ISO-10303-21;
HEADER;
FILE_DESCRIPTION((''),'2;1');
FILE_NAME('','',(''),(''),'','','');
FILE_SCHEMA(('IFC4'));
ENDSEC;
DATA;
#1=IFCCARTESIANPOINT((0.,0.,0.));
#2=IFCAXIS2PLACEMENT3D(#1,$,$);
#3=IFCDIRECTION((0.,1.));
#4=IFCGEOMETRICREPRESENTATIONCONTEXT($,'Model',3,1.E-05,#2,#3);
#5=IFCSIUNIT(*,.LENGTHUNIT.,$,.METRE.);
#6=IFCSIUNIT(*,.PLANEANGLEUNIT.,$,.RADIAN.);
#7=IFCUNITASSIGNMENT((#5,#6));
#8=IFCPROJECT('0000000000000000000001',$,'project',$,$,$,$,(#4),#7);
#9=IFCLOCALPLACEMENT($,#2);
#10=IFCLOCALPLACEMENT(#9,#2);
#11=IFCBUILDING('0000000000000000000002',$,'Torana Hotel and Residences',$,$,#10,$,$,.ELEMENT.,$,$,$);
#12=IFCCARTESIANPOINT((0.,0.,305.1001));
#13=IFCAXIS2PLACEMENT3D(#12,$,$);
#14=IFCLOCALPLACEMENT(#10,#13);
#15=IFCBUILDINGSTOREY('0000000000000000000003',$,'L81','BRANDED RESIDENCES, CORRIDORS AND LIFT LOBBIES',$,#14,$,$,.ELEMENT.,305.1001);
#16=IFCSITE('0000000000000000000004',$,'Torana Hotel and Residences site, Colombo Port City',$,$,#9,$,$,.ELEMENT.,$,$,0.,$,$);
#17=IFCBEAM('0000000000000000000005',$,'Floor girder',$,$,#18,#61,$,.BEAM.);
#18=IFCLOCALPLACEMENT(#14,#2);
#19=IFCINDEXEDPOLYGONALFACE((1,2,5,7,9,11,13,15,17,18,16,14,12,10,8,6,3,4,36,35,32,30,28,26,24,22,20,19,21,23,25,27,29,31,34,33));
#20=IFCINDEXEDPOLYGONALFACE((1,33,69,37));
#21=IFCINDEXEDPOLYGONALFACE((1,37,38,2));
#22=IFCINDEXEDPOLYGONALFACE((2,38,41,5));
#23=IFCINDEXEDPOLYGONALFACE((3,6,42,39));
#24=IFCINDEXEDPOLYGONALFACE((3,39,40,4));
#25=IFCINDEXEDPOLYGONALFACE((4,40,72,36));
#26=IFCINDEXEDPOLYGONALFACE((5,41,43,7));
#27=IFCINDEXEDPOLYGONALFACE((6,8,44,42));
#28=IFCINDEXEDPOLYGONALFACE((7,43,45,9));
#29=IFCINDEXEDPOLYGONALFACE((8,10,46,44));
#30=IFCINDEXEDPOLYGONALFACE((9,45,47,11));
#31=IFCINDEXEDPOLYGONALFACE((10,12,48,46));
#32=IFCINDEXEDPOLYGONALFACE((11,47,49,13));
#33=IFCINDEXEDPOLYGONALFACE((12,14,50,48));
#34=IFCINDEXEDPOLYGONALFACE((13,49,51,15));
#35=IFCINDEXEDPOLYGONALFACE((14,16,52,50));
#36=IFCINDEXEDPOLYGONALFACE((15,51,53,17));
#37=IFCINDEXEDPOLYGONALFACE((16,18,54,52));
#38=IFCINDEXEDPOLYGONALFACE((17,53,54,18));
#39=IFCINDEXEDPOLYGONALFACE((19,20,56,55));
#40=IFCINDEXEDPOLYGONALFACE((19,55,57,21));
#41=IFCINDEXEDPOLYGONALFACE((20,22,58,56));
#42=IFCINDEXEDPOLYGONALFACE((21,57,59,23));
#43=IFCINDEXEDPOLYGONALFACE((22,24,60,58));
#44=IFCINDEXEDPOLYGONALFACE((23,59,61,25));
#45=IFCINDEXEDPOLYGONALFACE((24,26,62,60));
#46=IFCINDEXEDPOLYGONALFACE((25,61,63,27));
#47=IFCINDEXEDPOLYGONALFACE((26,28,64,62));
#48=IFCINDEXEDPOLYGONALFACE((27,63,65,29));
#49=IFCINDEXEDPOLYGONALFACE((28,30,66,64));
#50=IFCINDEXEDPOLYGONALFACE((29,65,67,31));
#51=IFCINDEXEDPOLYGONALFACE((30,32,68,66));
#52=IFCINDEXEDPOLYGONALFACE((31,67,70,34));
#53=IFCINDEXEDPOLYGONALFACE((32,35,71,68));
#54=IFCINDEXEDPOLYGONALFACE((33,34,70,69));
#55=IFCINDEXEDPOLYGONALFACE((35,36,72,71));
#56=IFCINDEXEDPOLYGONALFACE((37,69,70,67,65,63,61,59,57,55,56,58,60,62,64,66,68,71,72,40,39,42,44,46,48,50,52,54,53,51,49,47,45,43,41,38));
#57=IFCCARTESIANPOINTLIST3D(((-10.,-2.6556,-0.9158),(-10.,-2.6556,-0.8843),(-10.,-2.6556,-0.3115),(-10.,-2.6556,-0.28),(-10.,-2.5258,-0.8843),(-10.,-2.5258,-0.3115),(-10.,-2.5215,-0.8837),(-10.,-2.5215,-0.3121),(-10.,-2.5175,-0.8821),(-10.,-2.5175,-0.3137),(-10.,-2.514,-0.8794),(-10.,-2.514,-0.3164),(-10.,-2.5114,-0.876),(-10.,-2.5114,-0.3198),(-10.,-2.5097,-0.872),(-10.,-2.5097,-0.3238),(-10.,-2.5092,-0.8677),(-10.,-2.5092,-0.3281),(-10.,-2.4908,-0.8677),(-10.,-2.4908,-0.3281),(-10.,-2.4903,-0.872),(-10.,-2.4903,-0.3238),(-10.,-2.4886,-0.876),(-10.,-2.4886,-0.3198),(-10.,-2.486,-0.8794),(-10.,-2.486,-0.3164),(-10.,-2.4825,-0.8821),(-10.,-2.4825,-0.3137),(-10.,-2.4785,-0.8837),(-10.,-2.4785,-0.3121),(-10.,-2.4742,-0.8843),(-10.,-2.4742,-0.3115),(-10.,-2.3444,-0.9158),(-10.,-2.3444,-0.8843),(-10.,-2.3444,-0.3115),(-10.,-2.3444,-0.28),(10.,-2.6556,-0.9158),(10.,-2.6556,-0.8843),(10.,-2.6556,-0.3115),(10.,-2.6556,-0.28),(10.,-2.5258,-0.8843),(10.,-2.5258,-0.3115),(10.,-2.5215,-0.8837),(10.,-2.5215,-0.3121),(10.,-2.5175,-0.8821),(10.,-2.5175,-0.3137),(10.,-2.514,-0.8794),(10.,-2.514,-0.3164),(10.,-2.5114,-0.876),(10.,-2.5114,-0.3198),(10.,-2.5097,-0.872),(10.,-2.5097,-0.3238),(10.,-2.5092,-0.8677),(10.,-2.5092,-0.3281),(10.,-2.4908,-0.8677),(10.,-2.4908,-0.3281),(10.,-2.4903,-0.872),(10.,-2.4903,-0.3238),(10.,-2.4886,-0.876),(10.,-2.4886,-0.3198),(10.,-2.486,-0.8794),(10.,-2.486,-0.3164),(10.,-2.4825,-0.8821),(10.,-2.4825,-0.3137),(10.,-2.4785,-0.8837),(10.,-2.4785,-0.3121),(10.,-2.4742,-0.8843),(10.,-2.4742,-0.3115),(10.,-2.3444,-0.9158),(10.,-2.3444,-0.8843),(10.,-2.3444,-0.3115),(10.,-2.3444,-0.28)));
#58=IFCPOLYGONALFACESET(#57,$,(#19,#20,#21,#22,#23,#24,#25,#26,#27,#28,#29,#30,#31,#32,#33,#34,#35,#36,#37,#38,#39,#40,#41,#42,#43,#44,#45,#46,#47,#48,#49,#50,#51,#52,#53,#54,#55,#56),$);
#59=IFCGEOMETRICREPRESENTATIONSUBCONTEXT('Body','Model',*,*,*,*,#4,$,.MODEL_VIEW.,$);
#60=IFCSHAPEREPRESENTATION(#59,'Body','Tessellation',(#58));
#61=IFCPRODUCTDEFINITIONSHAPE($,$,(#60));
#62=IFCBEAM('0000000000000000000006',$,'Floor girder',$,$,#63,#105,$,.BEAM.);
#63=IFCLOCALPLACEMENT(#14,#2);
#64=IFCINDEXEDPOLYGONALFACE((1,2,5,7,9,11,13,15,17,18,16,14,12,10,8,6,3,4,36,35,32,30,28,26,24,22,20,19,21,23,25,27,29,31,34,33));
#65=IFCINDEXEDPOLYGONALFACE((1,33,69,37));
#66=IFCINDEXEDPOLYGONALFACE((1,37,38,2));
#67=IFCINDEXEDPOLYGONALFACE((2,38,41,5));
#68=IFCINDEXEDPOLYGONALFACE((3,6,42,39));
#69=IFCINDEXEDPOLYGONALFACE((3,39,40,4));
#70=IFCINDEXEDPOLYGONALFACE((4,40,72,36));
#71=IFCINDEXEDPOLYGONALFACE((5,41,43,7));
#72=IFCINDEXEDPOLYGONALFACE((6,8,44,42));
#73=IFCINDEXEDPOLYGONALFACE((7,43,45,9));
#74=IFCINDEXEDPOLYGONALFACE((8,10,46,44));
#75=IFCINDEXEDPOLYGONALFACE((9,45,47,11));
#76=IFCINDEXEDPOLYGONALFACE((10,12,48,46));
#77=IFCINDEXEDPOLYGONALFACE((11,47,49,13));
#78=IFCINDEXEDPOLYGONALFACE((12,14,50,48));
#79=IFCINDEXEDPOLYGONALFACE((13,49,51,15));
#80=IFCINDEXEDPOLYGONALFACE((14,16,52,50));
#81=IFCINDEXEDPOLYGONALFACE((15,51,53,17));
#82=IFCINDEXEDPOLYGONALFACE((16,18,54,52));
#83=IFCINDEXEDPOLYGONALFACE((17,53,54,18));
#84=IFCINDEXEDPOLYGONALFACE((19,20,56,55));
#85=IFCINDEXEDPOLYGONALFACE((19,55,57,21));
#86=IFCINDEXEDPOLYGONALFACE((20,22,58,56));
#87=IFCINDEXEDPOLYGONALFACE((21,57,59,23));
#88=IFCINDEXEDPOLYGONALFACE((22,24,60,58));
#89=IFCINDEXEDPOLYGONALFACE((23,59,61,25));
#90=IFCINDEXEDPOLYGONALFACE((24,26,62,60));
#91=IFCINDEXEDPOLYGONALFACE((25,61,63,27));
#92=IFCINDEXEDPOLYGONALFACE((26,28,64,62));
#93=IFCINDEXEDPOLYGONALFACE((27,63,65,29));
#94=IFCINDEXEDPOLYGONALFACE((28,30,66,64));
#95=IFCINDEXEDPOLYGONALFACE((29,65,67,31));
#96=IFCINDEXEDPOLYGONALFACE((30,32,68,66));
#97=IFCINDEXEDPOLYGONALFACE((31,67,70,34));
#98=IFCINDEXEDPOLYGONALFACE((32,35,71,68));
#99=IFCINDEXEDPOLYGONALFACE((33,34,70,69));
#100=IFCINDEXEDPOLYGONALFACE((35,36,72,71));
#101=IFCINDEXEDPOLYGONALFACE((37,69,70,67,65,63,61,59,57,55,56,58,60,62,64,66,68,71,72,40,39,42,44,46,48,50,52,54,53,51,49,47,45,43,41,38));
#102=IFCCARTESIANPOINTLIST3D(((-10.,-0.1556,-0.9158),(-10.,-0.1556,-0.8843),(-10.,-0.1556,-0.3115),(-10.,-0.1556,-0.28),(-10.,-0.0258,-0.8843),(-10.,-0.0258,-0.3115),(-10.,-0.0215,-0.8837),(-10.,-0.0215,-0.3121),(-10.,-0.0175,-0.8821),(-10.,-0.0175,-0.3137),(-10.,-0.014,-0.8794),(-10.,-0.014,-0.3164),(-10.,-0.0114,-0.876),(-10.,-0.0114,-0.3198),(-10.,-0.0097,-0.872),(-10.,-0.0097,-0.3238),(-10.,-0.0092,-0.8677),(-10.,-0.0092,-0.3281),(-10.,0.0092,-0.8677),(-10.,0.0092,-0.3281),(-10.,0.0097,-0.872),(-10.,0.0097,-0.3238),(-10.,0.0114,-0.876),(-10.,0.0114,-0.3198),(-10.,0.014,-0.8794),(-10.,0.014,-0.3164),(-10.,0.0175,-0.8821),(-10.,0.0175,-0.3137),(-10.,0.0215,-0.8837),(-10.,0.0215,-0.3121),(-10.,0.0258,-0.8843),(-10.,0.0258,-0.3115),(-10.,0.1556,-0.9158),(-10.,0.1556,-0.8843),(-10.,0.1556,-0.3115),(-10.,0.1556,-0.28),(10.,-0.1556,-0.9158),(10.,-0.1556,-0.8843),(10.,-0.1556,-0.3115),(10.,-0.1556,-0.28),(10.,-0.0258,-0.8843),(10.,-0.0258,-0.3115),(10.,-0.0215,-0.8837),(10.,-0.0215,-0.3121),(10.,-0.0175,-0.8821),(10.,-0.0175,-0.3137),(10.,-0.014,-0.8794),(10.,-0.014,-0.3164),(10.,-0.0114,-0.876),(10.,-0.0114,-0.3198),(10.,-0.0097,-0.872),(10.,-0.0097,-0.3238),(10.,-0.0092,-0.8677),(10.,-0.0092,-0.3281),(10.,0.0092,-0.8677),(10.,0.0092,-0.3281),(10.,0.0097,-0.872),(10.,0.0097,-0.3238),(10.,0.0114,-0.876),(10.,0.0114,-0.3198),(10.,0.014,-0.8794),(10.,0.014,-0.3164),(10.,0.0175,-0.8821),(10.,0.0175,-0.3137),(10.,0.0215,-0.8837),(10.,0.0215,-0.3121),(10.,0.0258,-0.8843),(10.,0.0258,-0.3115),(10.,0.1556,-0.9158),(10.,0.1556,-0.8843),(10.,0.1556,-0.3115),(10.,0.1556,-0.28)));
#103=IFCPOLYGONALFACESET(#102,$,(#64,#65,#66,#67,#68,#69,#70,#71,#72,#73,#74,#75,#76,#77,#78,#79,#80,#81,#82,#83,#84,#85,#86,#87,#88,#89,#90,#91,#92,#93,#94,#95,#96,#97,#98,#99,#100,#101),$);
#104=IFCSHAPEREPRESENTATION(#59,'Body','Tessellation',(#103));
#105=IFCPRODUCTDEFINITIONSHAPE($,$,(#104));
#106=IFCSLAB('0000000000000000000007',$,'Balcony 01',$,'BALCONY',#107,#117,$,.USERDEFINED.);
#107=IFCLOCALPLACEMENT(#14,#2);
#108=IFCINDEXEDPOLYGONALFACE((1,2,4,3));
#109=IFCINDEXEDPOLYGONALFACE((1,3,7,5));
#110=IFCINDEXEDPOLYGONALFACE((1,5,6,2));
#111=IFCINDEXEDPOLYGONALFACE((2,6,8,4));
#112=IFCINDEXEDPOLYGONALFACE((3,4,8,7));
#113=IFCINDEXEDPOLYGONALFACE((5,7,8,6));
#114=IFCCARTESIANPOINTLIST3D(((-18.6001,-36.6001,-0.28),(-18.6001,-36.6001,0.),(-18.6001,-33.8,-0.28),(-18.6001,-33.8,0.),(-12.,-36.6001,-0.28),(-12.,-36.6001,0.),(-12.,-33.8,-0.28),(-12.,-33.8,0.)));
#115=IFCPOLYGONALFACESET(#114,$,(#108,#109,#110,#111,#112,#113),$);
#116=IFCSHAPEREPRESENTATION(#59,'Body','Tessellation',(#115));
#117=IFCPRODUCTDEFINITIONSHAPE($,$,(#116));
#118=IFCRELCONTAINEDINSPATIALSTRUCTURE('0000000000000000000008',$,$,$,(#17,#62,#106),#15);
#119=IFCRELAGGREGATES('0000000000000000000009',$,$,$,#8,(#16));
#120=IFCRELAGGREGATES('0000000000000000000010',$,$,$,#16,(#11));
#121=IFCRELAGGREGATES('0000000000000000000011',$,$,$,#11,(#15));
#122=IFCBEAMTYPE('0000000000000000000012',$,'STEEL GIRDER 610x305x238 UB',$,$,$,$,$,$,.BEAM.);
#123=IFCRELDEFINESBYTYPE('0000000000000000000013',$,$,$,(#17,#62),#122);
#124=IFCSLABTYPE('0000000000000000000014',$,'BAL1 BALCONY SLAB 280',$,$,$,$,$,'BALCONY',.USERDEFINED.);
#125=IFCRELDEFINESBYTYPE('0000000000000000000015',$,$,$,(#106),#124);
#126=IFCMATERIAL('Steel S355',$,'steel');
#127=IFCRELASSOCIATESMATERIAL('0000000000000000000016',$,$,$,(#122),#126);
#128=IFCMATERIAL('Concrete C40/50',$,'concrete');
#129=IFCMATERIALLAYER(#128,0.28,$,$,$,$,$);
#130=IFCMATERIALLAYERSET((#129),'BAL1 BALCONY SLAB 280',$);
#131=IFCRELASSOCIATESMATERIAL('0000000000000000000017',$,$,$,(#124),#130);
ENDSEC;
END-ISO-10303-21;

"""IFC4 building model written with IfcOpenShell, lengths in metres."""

from ifc_helpers import new_model, si_unit, direction, frame, origin, origin_2d, place, context, subcontext, project, spatial, polyline, i_section, outline, extrude, material, layer, layer_set, material_profile, profile_set, type_object, element, save


model = new_model("IFC4")

# Units and contexts
model_context = context("Model", 3, precision=1e-05, world=origin(), true_north=direction((0.0, 1.0)))
body_context = subcontext(model_context, "Body", "Model", "MODEL_VIEW")
ifc_project = project(units=[si_unit("LENGTHUNIT", "METRE"), si_unit("PLANEANGLEUNIT", "RADIAN")], contexts=[model_context])

# Site, building, storey
site_placement = place(None, origin())
site = spatial("IfcSite", under=ifc_project, at=site_placement, Name="Torana Hotel and Residences site, Colombo Port City", CompositionType="ELEMENT", RefElevation=0.0)
building_placement = place(site_placement, origin())
building = spatial("IfcBuilding", under=site, at=building_placement, Name="Torana Hotel and Residences", CompositionType="ELEMENT")
storey_placement = place(building_placement, frame((0.0, 0.0, 305.1001)))
storey = spatial("IfcBuildingStorey", under=building, at=storey_placement, Name="L81", Description="BRANDED RESIDENCES, CORRIDORS AND LIFT LOBBIES", CompositionType="ELEMENT", Elevation=305.1001)

# Beams
ifc_material_1 = material(Name="Steel S355", Category="steel")
ifc_material_profile = material_profile(ifc_material_1, i_section(OverallWidth=0.3113, OverallDepth=0.6357, WebThickness=0.0183, FlangeThickness=0.0315, FilletRadius=0.0166, at=origin_2d()), Name="610x305x238 UB")
ifc_profile_set = profile_set([ifc_material_profile], Name="Steel S355")
beam_type = type_object("IfcBeamType", Name="STEEL GIRDER 610x305x238 UB", PredefinedType="BEAM", material=ifc_profile_set)
for number, where, z_axis, x_axis, name in (
    (1, (-10.0, -2.5, -0.5979), (1.0, 0.0, 0.0), (0.0, 1.0, 0.0), "Floor girder"),
    (2, (-10.0, 0.0, -0.5979), (1.0, 0.0, 0.0), (0.0, 1.0, 0.0), "Floor girder"),
):
    element("IfcBeam", number, at=place(storey_placement, frame(where, z_axis=z_axis, x_axis=x_axis)), inside=storey, type_object=beam_type, Name=name, PredefinedType="BEAM", context=body_context, shape_type="SweptSolid", body=[
        extrude(i_section(OverallWidth=0.3113, OverallDepth=0.6357, WebThickness=0.0183, FlangeThickness=0.0315, FilletRadius=0.0166, at=origin_2d()), origin(), (0.0, 0.0, 1.0), 20.0),
    ])

# Slab
ifc_material_2 = material(Name="Concrete C40/50", Category="concrete")
ifc_layer_1 = layer(ifc_material_2, 0.28)
ifc_layer_set_1 = layer_set([ifc_layer_1], Name="BAL1 BALCONY SLAB 280")
slab_type_1 = type_object("IfcSlabType", Name="BAL1 BALCONY SLAB 280", ElementType="BALCONY", PredefinedType="USERDEFINED", material=ifc_layer_set_1)
slab_1_placement = place(storey_placement, frame((0.0, 0.0, -0.28)))
element("IfcSlab", 3, at=slab_1_placement, inside=storey, type_object=slab_type_1, Name="Balcony 01", ObjectType="BALCONY", PredefinedType="USERDEFINED", context=body_context, shape_type="SweptSolid", body=[
    extrude(outline(polyline([(-18.6001, -36.6001), (-12.0, -36.6001), (-12.0, -33.8), (-18.6001, -33.8), (-18.6001, -36.6001)])), origin(), (0.0, 0.0, 1.0), 0.28),
])

save(model, "model.ifc")
